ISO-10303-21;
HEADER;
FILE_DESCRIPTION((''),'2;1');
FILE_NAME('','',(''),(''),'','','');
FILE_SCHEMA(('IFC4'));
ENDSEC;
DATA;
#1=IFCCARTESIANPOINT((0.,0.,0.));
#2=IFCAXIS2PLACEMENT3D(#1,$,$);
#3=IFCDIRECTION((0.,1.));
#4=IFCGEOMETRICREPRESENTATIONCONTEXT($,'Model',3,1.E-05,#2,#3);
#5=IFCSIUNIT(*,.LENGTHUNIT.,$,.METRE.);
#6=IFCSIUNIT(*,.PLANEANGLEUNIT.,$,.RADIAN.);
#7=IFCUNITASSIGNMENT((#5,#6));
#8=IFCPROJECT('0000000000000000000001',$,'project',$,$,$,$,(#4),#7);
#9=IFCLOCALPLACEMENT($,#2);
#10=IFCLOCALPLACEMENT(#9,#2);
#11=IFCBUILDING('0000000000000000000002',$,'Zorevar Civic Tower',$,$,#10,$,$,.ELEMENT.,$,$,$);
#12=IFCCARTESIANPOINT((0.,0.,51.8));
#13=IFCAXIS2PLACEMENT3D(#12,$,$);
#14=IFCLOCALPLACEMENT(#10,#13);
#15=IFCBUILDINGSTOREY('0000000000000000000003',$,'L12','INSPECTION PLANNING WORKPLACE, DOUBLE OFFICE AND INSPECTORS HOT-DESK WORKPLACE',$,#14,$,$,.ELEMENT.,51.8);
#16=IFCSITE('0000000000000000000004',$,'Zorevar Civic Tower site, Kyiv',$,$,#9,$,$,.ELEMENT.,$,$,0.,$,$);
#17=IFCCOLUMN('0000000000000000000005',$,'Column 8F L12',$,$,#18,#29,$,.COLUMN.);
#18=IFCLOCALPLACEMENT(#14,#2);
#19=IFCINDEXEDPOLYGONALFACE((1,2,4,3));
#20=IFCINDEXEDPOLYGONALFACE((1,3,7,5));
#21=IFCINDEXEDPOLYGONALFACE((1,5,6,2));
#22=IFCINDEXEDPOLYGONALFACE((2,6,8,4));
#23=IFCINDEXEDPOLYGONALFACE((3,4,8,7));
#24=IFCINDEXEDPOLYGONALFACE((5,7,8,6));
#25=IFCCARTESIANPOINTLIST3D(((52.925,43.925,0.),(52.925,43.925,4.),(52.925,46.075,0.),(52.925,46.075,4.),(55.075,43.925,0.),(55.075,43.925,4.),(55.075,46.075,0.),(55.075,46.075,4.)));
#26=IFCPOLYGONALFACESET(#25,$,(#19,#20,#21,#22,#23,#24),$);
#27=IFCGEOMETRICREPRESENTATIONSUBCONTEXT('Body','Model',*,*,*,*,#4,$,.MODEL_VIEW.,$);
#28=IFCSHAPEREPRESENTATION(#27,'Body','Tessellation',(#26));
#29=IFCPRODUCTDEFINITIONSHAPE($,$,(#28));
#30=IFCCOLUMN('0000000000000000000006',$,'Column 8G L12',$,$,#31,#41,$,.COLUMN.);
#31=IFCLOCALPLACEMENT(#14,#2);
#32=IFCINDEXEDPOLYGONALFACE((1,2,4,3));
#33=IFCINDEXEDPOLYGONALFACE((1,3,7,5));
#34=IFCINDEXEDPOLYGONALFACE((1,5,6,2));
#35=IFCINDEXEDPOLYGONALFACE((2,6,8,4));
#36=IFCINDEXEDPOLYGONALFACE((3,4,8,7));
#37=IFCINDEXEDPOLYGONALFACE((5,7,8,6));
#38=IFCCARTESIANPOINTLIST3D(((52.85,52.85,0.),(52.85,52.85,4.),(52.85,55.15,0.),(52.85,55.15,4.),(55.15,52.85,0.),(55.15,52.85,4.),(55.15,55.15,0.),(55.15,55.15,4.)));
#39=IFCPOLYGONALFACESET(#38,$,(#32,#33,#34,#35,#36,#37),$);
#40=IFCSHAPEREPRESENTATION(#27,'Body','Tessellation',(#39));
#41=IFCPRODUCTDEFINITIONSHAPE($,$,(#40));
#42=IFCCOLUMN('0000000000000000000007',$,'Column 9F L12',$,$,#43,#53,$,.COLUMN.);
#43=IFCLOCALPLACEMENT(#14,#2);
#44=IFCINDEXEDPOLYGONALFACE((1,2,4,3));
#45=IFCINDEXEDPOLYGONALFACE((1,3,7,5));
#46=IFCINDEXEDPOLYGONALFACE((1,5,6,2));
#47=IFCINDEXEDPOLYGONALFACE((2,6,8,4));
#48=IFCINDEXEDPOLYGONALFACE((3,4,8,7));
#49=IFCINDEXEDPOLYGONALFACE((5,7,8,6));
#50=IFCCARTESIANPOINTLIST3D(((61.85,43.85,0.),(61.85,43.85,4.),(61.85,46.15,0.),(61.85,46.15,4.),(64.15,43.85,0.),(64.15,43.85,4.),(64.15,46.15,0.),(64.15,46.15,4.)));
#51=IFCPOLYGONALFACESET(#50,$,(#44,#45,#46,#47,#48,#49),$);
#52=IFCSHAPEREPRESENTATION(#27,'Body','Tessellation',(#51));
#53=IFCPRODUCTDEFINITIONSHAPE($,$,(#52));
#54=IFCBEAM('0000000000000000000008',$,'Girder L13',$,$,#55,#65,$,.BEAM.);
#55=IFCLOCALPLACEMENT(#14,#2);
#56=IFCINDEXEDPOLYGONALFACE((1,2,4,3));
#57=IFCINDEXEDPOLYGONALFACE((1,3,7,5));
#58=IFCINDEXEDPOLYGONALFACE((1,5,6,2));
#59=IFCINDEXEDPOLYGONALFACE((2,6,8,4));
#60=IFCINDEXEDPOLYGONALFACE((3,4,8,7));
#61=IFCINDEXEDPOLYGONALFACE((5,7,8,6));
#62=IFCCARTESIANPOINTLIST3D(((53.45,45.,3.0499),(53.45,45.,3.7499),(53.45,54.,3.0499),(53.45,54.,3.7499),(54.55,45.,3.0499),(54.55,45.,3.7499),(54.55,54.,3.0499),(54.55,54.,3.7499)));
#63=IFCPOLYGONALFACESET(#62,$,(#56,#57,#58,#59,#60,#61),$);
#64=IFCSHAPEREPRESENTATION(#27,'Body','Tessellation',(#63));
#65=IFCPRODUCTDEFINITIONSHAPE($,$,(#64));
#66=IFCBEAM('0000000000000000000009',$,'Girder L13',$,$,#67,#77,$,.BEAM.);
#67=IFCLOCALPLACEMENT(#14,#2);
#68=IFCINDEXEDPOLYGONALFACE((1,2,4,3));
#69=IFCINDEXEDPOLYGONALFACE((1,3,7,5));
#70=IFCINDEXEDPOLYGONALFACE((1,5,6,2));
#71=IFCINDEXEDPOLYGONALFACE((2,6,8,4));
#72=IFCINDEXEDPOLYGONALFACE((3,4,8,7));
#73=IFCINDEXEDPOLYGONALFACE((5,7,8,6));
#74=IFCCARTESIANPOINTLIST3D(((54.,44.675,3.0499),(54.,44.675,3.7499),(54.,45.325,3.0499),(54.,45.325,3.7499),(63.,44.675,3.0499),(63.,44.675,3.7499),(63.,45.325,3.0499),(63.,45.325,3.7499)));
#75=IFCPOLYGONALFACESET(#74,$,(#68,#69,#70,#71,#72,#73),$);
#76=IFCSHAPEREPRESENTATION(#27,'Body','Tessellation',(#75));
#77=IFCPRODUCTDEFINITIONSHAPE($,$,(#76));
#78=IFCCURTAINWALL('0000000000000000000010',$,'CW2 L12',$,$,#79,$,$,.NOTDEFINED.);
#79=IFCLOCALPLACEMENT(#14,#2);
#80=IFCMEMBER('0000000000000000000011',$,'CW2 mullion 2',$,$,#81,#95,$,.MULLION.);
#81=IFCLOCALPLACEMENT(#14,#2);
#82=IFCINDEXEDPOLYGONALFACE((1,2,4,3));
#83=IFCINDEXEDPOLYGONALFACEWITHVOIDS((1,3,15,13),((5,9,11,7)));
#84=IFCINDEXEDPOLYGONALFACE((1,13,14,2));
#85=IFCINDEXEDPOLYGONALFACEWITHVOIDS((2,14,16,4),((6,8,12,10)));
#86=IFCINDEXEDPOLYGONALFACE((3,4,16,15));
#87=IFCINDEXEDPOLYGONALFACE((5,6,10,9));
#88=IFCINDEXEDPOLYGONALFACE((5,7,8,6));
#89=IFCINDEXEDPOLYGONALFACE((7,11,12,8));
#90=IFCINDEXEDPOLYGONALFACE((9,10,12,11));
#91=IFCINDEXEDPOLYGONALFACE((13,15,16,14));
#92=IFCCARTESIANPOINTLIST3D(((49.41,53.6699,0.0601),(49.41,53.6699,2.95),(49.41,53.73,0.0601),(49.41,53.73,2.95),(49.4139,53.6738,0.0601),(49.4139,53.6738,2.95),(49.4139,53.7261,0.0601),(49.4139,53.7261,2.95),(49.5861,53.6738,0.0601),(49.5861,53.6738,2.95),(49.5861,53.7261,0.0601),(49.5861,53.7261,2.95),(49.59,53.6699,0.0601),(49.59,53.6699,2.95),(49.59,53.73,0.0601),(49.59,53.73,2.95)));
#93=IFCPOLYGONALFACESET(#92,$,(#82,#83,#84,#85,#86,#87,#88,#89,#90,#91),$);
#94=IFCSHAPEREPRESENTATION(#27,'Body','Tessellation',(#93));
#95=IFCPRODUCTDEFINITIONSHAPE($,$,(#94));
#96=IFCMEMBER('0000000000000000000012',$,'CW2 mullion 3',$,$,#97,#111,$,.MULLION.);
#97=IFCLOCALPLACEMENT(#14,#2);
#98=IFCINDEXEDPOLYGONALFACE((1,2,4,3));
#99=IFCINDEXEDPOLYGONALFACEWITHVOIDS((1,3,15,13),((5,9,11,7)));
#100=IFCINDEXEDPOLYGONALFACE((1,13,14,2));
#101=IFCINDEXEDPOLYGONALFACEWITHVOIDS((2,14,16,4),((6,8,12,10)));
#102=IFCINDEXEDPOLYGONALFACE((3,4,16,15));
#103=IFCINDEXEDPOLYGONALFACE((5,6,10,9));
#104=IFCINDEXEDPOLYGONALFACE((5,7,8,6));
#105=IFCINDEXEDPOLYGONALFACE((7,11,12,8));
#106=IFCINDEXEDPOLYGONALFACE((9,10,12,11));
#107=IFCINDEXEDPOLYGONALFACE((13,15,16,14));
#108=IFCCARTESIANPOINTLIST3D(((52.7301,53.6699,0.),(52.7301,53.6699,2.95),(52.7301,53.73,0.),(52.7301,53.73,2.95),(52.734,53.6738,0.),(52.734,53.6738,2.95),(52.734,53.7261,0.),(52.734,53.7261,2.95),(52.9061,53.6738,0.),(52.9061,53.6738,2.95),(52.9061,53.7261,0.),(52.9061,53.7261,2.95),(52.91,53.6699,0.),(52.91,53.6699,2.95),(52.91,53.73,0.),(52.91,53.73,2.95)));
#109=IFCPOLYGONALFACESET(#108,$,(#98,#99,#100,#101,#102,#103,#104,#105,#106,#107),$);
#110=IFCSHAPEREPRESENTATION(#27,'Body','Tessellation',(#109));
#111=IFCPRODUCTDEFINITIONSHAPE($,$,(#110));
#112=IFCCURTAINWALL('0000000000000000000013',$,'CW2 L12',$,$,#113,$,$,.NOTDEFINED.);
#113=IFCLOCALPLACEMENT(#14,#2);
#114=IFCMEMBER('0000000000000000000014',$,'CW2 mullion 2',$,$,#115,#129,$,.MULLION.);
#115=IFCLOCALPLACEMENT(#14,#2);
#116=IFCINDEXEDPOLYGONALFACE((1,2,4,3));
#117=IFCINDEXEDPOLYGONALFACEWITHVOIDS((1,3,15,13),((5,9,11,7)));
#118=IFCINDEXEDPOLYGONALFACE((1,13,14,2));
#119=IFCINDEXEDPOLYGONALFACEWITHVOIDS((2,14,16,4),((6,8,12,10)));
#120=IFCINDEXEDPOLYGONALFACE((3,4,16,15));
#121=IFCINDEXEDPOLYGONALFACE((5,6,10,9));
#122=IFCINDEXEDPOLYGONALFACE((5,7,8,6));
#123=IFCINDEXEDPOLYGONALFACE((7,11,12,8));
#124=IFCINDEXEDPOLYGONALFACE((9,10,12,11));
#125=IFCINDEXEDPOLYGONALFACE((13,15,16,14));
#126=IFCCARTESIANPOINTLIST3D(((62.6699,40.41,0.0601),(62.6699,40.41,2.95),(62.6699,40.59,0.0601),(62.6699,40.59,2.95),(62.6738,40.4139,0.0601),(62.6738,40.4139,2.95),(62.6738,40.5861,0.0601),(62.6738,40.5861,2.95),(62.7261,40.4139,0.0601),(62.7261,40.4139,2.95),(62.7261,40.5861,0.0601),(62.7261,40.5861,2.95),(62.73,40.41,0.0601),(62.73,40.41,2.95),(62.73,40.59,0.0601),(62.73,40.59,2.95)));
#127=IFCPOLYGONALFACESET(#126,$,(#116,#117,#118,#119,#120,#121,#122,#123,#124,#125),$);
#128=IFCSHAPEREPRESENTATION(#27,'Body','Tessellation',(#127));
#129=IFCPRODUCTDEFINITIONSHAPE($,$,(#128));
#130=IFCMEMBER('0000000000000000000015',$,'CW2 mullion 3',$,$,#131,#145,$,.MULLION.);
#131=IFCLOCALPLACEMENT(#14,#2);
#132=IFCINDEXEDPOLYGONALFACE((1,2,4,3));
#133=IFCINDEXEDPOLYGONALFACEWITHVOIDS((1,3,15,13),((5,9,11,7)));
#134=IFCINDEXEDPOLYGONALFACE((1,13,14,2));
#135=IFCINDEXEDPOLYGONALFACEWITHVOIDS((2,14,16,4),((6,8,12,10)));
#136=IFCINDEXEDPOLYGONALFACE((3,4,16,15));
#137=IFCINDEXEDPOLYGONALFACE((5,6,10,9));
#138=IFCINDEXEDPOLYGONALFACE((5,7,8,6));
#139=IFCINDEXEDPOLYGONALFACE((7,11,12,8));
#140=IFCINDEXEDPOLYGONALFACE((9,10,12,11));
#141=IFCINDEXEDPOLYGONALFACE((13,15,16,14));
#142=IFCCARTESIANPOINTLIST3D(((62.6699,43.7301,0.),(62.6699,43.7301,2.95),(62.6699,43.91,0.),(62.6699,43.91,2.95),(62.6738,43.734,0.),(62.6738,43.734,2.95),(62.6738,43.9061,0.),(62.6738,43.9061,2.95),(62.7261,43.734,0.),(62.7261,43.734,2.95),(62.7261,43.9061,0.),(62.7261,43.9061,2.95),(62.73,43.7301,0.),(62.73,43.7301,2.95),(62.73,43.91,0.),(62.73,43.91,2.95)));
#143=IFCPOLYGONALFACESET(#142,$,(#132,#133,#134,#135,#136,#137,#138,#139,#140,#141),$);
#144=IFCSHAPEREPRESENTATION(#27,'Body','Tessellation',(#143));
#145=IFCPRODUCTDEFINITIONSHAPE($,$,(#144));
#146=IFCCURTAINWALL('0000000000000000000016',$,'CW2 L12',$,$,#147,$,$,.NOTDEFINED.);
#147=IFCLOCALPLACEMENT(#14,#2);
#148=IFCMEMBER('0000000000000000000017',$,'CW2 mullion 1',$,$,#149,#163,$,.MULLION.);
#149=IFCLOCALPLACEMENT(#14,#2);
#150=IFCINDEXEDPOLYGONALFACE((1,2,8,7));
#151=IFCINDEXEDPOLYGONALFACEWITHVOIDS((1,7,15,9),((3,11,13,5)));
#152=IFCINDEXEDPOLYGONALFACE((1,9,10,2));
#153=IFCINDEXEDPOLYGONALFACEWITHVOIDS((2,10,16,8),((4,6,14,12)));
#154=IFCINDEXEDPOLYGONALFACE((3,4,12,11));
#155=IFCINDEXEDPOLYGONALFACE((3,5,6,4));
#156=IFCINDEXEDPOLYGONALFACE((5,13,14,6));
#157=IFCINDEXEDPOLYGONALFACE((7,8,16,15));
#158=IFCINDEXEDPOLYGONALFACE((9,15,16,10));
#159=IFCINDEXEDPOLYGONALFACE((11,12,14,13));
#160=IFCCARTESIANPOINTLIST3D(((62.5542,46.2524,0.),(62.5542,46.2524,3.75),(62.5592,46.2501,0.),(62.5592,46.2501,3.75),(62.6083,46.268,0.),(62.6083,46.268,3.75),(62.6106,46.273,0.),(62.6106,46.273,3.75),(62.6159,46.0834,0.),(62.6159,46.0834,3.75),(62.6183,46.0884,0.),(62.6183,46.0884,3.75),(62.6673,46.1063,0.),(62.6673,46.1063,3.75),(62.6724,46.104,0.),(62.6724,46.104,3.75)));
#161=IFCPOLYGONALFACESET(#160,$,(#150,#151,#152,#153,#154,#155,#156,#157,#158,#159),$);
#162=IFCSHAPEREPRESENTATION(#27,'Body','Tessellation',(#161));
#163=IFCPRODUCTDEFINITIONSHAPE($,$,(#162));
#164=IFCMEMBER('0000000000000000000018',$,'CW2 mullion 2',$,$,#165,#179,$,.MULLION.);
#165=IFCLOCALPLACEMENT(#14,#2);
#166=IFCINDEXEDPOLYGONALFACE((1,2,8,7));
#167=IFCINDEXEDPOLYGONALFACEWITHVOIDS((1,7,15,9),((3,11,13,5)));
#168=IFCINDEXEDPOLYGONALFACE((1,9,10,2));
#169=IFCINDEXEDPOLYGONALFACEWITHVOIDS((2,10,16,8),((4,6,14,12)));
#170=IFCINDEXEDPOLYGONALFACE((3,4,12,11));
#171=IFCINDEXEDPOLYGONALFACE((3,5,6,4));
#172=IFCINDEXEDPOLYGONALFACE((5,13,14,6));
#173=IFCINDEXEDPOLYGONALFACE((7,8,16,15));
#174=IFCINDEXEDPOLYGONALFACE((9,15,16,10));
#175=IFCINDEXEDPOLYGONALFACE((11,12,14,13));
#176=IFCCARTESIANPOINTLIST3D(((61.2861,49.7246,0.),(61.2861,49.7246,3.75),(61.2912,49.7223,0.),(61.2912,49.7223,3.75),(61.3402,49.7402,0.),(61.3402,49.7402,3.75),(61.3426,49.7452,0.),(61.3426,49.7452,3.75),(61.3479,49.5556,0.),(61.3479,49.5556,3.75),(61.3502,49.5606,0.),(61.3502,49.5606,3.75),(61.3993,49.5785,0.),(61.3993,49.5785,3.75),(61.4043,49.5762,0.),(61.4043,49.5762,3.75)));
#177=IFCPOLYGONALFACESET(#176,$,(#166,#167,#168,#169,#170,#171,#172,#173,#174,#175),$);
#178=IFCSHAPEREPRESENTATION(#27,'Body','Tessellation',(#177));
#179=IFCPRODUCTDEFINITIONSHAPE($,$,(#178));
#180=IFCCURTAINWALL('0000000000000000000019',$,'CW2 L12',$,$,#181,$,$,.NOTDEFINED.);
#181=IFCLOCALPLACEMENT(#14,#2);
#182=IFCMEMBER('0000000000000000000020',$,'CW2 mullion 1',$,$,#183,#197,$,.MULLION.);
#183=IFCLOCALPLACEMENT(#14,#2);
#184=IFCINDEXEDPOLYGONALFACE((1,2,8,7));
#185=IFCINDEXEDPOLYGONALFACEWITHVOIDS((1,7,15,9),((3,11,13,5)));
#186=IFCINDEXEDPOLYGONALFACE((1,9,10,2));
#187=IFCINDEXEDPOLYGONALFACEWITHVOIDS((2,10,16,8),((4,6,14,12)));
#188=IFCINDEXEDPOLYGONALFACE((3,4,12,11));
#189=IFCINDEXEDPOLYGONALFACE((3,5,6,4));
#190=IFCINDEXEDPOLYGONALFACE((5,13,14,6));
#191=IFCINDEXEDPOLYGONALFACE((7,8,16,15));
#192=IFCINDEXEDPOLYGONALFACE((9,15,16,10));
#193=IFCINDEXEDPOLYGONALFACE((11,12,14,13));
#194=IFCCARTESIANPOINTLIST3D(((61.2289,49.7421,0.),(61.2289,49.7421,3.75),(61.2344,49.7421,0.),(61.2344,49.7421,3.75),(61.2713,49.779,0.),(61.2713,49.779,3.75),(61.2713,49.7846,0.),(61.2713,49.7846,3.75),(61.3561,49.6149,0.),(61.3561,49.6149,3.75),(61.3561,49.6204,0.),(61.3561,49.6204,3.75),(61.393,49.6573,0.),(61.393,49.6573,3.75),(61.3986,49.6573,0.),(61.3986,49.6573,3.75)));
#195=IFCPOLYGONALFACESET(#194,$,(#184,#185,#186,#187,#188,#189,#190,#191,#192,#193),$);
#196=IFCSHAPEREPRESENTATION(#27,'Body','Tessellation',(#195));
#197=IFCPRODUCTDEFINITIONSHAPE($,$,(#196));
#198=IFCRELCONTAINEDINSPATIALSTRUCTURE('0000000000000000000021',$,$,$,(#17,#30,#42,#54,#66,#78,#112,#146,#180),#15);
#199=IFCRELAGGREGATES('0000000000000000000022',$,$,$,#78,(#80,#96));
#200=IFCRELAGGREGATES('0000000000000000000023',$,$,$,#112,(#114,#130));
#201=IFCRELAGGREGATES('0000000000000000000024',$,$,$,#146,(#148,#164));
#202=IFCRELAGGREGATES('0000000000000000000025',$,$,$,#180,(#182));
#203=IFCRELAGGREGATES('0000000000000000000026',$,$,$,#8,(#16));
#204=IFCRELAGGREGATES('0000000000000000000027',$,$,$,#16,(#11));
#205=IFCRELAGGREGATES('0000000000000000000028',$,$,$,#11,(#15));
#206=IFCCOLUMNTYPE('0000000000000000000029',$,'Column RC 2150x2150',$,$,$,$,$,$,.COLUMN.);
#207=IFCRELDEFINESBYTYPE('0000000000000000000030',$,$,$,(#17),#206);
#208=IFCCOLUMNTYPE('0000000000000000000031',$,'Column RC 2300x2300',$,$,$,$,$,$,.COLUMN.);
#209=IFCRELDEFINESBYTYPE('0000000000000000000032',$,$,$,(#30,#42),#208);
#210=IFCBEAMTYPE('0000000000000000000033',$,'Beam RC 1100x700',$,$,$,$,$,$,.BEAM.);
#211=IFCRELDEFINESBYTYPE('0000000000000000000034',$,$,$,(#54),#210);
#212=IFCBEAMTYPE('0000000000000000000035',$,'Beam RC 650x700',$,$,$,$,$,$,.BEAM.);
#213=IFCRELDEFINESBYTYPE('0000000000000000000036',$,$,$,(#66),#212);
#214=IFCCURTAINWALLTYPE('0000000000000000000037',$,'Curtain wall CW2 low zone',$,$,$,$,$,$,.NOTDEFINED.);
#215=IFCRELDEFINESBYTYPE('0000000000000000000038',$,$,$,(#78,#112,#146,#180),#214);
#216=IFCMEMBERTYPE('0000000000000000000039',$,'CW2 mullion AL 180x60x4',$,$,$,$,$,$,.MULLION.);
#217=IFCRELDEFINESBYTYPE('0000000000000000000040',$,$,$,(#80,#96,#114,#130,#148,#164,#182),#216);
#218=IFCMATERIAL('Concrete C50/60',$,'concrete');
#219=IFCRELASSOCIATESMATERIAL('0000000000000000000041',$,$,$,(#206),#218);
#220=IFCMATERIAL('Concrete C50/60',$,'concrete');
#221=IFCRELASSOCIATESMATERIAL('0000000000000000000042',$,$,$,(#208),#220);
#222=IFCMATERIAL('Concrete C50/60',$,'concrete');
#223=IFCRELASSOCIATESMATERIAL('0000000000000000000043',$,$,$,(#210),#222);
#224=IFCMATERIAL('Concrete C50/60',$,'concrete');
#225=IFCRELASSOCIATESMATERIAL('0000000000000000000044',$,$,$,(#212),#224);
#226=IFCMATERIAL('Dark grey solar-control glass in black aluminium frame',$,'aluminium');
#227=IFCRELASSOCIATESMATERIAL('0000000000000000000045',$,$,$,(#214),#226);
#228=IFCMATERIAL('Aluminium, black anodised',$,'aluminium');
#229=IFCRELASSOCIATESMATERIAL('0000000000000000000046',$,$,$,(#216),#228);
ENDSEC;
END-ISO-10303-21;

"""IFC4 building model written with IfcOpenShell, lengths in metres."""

from ifc_helpers import new_model, si_unit, direction, frame, origin, origin_2d, place, context, subcontext, project, spatial, rectangle, hollow_rectangle, extrude, material, material_profile, profile_set, type_object, element, aggregate, save


model = new_model("IFC4")

# Units and contexts
model_context = context("Model", 3, precision=1e-05, world=origin(), true_north=direction((0.0, 1.0)))
body_context = subcontext(model_context, "Body", "Model", "MODEL_VIEW")
ifc_project = project(units=[si_unit("LENGTHUNIT", "METRE"), si_unit("PLANEANGLEUNIT", "RADIAN")], contexts=[model_context])

# Site, building, storey
site_placement = place(None, origin())
site = spatial("IfcSite", under=ifc_project, at=site_placement, Name="Zorevar Civic Tower site, Kyiv", CompositionType="ELEMENT", RefElevation=0.0)
building_placement = place(site_placement, origin())
building = spatial("IfcBuilding", under=site, at=building_placement, Name="Zorevar Civic Tower", CompositionType="ELEMENT")
storey_placement = place(building_placement, frame((0.0, 0.0, 51.8)))
storey = spatial("IfcBuildingStorey", under=building, at=storey_placement, Name="L12", Description="INSPECTION PLANNING WORKPLACE, DOUBLE OFFICE AND INSPECTORS HOT-DESK WORKPLACE", CompositionType="ELEMENT", Elevation=51.8)

# Columns
ifc_material_1 = material(Name="Concrete C50/60", Category="concrete")
ifc_material_profile_1 = material_profile(ifc_material_1, rectangle(XDim=2.1499, YDim=2.1499, at=origin_2d()), Name="RC 2150x2150")
ifc_profile_set_1 = profile_set([ifc_material_profile_1], Name="Concrete C50/60")
column_type_1 = type_object("IfcColumnType", Name="Column RC 2150x2150", PredefinedType="COLUMN", material=ifc_profile_set_1)
column_placement = place(storey_placement, frame((54.0, 45.0, 0.0), z_axis=(0.0, 0.0, 1.0), x_axis=(1.0, 0.0, 0.0)))
element("IfcColumn", 1, at=column_placement, inside=storey, type_object=column_type_1, Name="Column 8F L12", PredefinedType="COLUMN", context=body_context, shape_type="SweptSolid", body=[
    extrude(rectangle(XDim=2.1499, YDim=2.1499, at=origin_2d()), origin(), (0.0, 0.0, 1.0), 4.0),
])
ifc_material_2 = material(Name="Concrete C50/60", Category="concrete")
ifc_material_profile_2 = material_profile(ifc_material_2, rectangle(XDim=2.3, YDim=2.3, at=origin_2d()), Name="RC 2300x2300")
ifc_profile_set_2 = profile_set([ifc_material_profile_2], Name="Concrete C50/60")
column_type_2 = type_object("IfcColumnType", Name="Column RC 2300x2300", PredefinedType="COLUMN", material=ifc_profile_set_2)
for number, where, z_axis, x_axis, name in (
    (2, (54.0, 54.0, 0.0), (0.0, 0.0, 1.0), (1.0, 0.0, 0.0), "Column 8G L12"),
    (3, (63.0, 45.0, 0.0), (0.0, 0.0, 1.0), (1.0, 0.0, 0.0), "Column 9F L12"),
):
    element("IfcColumn", number, at=place(storey_placement, frame(where, z_axis=z_axis, x_axis=x_axis)), inside=storey, type_object=column_type_2, Name=name, PredefinedType="COLUMN", context=body_context, shape_type="SweptSolid", body=[
        extrude(rectangle(XDim=2.3, YDim=2.3, at=origin_2d()), origin(), (0.0, 0.0, 1.0), 4.0),
    ])

# Beams
ifc_material_3 = material(Name="Concrete C50/60", Category="concrete")
ifc_material_profile_3 = material_profile(ifc_material_3, rectangle(XDim=1.1001, YDim=0.7, at=origin_2d()), Name="RC 1100x700")
ifc_profile_set_3 = profile_set([ifc_material_profile_3], Name="Concrete C50/60")
beam_type_1 = type_object("IfcBeamType", Name="Beam RC 1100x700", PredefinedType="BEAM", material=ifc_profile_set_3)
beam_1_placement = place(storey_placement, frame((54.0, 45.0, 3.3999), z_axis=(0.0, 1.0, 0.0), x_axis=(-1.0, 0.0, 0.0)))
element("IfcBeam", 4, at=beam_1_placement, inside=storey, type_object=beam_type_1, Name="Girder L13", PredefinedType="BEAM", context=body_context, shape_type="SweptSolid", body=[
    extrude(rectangle(XDim=1.1001, YDim=0.7, at=origin_2d()), origin(), (0.0, 0.0, 1.0), 9.0),
])
ifc_material_4 = material(Name="Concrete C50/60", Category="concrete")
ifc_material_profile_4 = material_profile(ifc_material_4, rectangle(XDim=0.6499, YDim=0.7, at=origin_2d()), Name="RC 650x700")
ifc_profile_set_4 = profile_set([ifc_material_profile_4], Name="Concrete C50/60")
beam_type_2 = type_object("IfcBeamType", Name="Beam RC 650x700", PredefinedType="BEAM", material=ifc_profile_set_4)
beam_2_placement = place(storey_placement, frame((54.0, 45.0, 3.3999), z_axis=(1.0, 0.0, 0.0), x_axis=(0.0, 1.0, 0.0)))
element("IfcBeam", 5, at=beam_2_placement, inside=storey, type_object=beam_type_2, Name="Girder L13", PredefinedType="BEAM", context=body_context, shape_type="SweptSolid", body=[
    extrude(rectangle(XDim=0.6499, YDim=0.7, at=origin_2d()), origin(), (0.0, 0.0, 1.0), 9.0),
])

# Curtain walls, members
ifc_material_5 = material(Name="Dark grey solar-control glass in black aluminium frame", Category="aluminium")
curtain_wall_type = type_object("IfcCurtainWallType", Name="Curtain wall CW2 low zone", PredefinedType="NOTDEFINED", material=ifc_material_5)
curtain_wall_1_placement = place(storey_placement, origin())
curtain_wall_1 = element("IfcCurtainWall", 6, at=curtain_wall_1_placement, inside=storey, type_object=curtain_wall_type, Name="CW2 L12", PredefinedType="NOTDEFINED")
ifc_material_6 = material(Name="Aluminium, black anodised", Category="aluminium")
ifc_material_profile_5 = material_profile(ifc_material_6, hollow_rectangle(XDim=0.0601, YDim=0.1799, WallThickness=0.0039, at=origin_2d()), Name="AL 180x60x4")
ifc_profile_set_5 = profile_set([ifc_material_profile_5], Name="Aluminium, black anodised")
member_type_1 = type_object("IfcMemberType", Name="CW2 mullion AL 180x60x4", PredefinedType="MULLION", material=ifc_profile_set_5)
member_1_placement = place(storey_placement, frame((49.5, 53.7, 0.0601), z_axis=(0.0, 0.0, 1.0), x_axis=(0.0, 1.0, 0.0)))
member_1 = element("IfcMember", 7, at=member_1_placement, type_object=member_type_1, Name="CW2 mullion 2", PredefinedType="MULLION", context=body_context, shape_type="SweptSolid", body=[
    extrude(hollow_rectangle(XDim=0.0601, YDim=0.1799, WallThickness=0.0039, at=origin_2d()), origin(), (0.0, 0.0, 1.0), 2.8899),
])
member_2_placement = place(storey_placement, frame((52.8201, 53.7, 0.0), z_axis=(0.0, 0.0, 1.0), x_axis=(0.0, 1.0, 0.0)))
member_2 = element("IfcMember", 8, at=member_2_placement, type_object=member_type_1, Name="CW2 mullion 3", PredefinedType="MULLION", context=body_context, shape_type="SweptSolid", body=[
    extrude(hollow_rectangle(XDim=0.0601, YDim=0.1799, WallThickness=0.0039, at=origin_2d()), origin(), (0.0, 0.0, 1.0), 2.95),
])
curtain_wall_2_placement = place(storey_placement, origin())
curtain_wall_2 = element("IfcCurtainWall", 9, at=curtain_wall_2_placement, inside=storey, type_object=curtain_wall_type, Name="CW2 L12", PredefinedType="NOTDEFINED")
member_3_placement = place(storey_placement, frame((62.7, 40.5, 0.0601), z_axis=(0.0, 0.0, 1.0), x_axis=(-1.0, 0.0, 0.0)))
member_3 = element("IfcMember", 10, at=member_3_placement, type_object=member_type_1, Name="CW2 mullion 2", PredefinedType="MULLION", context=body_context, shape_type="SweptSolid", body=[
    extrude(hollow_rectangle(XDim=0.0601, YDim=0.1799, WallThickness=0.0039, at=origin_2d()), origin(), (0.0, 0.0, 1.0), 2.8899),
])
member_4_placement = place(storey_placement, frame((62.7, 43.8201, 0.0), z_axis=(0.0, 0.0, 1.0), x_axis=(-1.0, 0.0, 0.0)))
member_4 = element("IfcMember", 11, at=member_4_placement, type_object=member_type_1, Name="CW2 mullion 3", PredefinedType="MULLION", context=body_context, shape_type="SweptSolid", body=[
    extrude(hollow_rectangle(XDim=0.0601, YDim=0.1799, WallThickness=0.0039, at=origin_2d()), origin(), (0.0, 0.0, 1.0), 2.95),
])
curtain_wall_3_placement = place(storey_placement, origin())
curtain_wall_3 = element("IfcCurtainWall", 12, at=curtain_wall_3_placement, inside=storey, type_object=curtain_wall_type, Name="CW2 L12", PredefinedType="NOTDEFINED")
member_5_placement = place(storey_placement, frame((62.6133, 46.1782, 0.0), z_axis=(0.0, 0.0, 1.0), x_axis=(-0.939313, -0.34306, 0.0)))
member_5 = element("IfcMember", 13, at=member_5_placement, type_object=member_type_1, Name="CW2 mullion 1", PredefinedType="MULLION", context=body_context, shape_type="SweptSolid", body=[
    extrude(hollow_rectangle(XDim=0.0601, YDim=0.1799, WallThickness=0.0039, at=origin_2d()), origin(), (0.0, 0.0, 1.0), 3.75),
])
member_6_placement = place(storey_placement, frame((61.3452, 49.6504, 0.0), z_axis=(0.0, 0.0, 1.0), x_axis=(-0.939313, -0.34306, 0.0)))
member_6 = element("IfcMember", 14, at=member_6_placement, type_object=member_type_1, Name="CW2 mullion 2", PredefinedType="MULLION", context=body_context, shape_type="SweptSolid", body=[
    extrude(hollow_rectangle(XDim=0.0601, YDim=0.1799, WallThickness=0.0039, at=origin_2d()), origin(), (0.0, 0.0, 1.0), 3.75),
])
curtain_wall_4_placement = place(storey_placement, origin())
curtain_wall_4 = element("IfcCurtainWall", 15, at=curtain_wall_4_placement, inside=storey, type_object=curtain_wall_type, Name="CW2 L12", PredefinedType="NOTDEFINED")
member_7_placement = place(storey_placement, frame((61.3137, 49.6997, 0.0), z_axis=(0.0, 0.0, 1.0), x_axis=(-0.707107, -0.707107, 0.0)))
member_7 = element("IfcMember", 16, at=member_7_placement, type_object=member_type_1, Name="CW2 mullion 1", PredefinedType="MULLION", context=body_context, shape_type="SweptSolid", body=[
    extrude(hollow_rectangle(XDim=0.0601, YDim=0.1799, WallThickness=0.0039, at=origin_2d()), origin(), (0.0, 0.0, 1.0), 3.75),
])

aggregate(curtain_wall_1, [member_1, member_2])
aggregate(curtain_wall_2, [member_3, member_4])
aggregate(curtain_wall_3, [member_5, member_6])
aggregate(curtain_wall_4, [member_7])

save(model, "model.ifc")
